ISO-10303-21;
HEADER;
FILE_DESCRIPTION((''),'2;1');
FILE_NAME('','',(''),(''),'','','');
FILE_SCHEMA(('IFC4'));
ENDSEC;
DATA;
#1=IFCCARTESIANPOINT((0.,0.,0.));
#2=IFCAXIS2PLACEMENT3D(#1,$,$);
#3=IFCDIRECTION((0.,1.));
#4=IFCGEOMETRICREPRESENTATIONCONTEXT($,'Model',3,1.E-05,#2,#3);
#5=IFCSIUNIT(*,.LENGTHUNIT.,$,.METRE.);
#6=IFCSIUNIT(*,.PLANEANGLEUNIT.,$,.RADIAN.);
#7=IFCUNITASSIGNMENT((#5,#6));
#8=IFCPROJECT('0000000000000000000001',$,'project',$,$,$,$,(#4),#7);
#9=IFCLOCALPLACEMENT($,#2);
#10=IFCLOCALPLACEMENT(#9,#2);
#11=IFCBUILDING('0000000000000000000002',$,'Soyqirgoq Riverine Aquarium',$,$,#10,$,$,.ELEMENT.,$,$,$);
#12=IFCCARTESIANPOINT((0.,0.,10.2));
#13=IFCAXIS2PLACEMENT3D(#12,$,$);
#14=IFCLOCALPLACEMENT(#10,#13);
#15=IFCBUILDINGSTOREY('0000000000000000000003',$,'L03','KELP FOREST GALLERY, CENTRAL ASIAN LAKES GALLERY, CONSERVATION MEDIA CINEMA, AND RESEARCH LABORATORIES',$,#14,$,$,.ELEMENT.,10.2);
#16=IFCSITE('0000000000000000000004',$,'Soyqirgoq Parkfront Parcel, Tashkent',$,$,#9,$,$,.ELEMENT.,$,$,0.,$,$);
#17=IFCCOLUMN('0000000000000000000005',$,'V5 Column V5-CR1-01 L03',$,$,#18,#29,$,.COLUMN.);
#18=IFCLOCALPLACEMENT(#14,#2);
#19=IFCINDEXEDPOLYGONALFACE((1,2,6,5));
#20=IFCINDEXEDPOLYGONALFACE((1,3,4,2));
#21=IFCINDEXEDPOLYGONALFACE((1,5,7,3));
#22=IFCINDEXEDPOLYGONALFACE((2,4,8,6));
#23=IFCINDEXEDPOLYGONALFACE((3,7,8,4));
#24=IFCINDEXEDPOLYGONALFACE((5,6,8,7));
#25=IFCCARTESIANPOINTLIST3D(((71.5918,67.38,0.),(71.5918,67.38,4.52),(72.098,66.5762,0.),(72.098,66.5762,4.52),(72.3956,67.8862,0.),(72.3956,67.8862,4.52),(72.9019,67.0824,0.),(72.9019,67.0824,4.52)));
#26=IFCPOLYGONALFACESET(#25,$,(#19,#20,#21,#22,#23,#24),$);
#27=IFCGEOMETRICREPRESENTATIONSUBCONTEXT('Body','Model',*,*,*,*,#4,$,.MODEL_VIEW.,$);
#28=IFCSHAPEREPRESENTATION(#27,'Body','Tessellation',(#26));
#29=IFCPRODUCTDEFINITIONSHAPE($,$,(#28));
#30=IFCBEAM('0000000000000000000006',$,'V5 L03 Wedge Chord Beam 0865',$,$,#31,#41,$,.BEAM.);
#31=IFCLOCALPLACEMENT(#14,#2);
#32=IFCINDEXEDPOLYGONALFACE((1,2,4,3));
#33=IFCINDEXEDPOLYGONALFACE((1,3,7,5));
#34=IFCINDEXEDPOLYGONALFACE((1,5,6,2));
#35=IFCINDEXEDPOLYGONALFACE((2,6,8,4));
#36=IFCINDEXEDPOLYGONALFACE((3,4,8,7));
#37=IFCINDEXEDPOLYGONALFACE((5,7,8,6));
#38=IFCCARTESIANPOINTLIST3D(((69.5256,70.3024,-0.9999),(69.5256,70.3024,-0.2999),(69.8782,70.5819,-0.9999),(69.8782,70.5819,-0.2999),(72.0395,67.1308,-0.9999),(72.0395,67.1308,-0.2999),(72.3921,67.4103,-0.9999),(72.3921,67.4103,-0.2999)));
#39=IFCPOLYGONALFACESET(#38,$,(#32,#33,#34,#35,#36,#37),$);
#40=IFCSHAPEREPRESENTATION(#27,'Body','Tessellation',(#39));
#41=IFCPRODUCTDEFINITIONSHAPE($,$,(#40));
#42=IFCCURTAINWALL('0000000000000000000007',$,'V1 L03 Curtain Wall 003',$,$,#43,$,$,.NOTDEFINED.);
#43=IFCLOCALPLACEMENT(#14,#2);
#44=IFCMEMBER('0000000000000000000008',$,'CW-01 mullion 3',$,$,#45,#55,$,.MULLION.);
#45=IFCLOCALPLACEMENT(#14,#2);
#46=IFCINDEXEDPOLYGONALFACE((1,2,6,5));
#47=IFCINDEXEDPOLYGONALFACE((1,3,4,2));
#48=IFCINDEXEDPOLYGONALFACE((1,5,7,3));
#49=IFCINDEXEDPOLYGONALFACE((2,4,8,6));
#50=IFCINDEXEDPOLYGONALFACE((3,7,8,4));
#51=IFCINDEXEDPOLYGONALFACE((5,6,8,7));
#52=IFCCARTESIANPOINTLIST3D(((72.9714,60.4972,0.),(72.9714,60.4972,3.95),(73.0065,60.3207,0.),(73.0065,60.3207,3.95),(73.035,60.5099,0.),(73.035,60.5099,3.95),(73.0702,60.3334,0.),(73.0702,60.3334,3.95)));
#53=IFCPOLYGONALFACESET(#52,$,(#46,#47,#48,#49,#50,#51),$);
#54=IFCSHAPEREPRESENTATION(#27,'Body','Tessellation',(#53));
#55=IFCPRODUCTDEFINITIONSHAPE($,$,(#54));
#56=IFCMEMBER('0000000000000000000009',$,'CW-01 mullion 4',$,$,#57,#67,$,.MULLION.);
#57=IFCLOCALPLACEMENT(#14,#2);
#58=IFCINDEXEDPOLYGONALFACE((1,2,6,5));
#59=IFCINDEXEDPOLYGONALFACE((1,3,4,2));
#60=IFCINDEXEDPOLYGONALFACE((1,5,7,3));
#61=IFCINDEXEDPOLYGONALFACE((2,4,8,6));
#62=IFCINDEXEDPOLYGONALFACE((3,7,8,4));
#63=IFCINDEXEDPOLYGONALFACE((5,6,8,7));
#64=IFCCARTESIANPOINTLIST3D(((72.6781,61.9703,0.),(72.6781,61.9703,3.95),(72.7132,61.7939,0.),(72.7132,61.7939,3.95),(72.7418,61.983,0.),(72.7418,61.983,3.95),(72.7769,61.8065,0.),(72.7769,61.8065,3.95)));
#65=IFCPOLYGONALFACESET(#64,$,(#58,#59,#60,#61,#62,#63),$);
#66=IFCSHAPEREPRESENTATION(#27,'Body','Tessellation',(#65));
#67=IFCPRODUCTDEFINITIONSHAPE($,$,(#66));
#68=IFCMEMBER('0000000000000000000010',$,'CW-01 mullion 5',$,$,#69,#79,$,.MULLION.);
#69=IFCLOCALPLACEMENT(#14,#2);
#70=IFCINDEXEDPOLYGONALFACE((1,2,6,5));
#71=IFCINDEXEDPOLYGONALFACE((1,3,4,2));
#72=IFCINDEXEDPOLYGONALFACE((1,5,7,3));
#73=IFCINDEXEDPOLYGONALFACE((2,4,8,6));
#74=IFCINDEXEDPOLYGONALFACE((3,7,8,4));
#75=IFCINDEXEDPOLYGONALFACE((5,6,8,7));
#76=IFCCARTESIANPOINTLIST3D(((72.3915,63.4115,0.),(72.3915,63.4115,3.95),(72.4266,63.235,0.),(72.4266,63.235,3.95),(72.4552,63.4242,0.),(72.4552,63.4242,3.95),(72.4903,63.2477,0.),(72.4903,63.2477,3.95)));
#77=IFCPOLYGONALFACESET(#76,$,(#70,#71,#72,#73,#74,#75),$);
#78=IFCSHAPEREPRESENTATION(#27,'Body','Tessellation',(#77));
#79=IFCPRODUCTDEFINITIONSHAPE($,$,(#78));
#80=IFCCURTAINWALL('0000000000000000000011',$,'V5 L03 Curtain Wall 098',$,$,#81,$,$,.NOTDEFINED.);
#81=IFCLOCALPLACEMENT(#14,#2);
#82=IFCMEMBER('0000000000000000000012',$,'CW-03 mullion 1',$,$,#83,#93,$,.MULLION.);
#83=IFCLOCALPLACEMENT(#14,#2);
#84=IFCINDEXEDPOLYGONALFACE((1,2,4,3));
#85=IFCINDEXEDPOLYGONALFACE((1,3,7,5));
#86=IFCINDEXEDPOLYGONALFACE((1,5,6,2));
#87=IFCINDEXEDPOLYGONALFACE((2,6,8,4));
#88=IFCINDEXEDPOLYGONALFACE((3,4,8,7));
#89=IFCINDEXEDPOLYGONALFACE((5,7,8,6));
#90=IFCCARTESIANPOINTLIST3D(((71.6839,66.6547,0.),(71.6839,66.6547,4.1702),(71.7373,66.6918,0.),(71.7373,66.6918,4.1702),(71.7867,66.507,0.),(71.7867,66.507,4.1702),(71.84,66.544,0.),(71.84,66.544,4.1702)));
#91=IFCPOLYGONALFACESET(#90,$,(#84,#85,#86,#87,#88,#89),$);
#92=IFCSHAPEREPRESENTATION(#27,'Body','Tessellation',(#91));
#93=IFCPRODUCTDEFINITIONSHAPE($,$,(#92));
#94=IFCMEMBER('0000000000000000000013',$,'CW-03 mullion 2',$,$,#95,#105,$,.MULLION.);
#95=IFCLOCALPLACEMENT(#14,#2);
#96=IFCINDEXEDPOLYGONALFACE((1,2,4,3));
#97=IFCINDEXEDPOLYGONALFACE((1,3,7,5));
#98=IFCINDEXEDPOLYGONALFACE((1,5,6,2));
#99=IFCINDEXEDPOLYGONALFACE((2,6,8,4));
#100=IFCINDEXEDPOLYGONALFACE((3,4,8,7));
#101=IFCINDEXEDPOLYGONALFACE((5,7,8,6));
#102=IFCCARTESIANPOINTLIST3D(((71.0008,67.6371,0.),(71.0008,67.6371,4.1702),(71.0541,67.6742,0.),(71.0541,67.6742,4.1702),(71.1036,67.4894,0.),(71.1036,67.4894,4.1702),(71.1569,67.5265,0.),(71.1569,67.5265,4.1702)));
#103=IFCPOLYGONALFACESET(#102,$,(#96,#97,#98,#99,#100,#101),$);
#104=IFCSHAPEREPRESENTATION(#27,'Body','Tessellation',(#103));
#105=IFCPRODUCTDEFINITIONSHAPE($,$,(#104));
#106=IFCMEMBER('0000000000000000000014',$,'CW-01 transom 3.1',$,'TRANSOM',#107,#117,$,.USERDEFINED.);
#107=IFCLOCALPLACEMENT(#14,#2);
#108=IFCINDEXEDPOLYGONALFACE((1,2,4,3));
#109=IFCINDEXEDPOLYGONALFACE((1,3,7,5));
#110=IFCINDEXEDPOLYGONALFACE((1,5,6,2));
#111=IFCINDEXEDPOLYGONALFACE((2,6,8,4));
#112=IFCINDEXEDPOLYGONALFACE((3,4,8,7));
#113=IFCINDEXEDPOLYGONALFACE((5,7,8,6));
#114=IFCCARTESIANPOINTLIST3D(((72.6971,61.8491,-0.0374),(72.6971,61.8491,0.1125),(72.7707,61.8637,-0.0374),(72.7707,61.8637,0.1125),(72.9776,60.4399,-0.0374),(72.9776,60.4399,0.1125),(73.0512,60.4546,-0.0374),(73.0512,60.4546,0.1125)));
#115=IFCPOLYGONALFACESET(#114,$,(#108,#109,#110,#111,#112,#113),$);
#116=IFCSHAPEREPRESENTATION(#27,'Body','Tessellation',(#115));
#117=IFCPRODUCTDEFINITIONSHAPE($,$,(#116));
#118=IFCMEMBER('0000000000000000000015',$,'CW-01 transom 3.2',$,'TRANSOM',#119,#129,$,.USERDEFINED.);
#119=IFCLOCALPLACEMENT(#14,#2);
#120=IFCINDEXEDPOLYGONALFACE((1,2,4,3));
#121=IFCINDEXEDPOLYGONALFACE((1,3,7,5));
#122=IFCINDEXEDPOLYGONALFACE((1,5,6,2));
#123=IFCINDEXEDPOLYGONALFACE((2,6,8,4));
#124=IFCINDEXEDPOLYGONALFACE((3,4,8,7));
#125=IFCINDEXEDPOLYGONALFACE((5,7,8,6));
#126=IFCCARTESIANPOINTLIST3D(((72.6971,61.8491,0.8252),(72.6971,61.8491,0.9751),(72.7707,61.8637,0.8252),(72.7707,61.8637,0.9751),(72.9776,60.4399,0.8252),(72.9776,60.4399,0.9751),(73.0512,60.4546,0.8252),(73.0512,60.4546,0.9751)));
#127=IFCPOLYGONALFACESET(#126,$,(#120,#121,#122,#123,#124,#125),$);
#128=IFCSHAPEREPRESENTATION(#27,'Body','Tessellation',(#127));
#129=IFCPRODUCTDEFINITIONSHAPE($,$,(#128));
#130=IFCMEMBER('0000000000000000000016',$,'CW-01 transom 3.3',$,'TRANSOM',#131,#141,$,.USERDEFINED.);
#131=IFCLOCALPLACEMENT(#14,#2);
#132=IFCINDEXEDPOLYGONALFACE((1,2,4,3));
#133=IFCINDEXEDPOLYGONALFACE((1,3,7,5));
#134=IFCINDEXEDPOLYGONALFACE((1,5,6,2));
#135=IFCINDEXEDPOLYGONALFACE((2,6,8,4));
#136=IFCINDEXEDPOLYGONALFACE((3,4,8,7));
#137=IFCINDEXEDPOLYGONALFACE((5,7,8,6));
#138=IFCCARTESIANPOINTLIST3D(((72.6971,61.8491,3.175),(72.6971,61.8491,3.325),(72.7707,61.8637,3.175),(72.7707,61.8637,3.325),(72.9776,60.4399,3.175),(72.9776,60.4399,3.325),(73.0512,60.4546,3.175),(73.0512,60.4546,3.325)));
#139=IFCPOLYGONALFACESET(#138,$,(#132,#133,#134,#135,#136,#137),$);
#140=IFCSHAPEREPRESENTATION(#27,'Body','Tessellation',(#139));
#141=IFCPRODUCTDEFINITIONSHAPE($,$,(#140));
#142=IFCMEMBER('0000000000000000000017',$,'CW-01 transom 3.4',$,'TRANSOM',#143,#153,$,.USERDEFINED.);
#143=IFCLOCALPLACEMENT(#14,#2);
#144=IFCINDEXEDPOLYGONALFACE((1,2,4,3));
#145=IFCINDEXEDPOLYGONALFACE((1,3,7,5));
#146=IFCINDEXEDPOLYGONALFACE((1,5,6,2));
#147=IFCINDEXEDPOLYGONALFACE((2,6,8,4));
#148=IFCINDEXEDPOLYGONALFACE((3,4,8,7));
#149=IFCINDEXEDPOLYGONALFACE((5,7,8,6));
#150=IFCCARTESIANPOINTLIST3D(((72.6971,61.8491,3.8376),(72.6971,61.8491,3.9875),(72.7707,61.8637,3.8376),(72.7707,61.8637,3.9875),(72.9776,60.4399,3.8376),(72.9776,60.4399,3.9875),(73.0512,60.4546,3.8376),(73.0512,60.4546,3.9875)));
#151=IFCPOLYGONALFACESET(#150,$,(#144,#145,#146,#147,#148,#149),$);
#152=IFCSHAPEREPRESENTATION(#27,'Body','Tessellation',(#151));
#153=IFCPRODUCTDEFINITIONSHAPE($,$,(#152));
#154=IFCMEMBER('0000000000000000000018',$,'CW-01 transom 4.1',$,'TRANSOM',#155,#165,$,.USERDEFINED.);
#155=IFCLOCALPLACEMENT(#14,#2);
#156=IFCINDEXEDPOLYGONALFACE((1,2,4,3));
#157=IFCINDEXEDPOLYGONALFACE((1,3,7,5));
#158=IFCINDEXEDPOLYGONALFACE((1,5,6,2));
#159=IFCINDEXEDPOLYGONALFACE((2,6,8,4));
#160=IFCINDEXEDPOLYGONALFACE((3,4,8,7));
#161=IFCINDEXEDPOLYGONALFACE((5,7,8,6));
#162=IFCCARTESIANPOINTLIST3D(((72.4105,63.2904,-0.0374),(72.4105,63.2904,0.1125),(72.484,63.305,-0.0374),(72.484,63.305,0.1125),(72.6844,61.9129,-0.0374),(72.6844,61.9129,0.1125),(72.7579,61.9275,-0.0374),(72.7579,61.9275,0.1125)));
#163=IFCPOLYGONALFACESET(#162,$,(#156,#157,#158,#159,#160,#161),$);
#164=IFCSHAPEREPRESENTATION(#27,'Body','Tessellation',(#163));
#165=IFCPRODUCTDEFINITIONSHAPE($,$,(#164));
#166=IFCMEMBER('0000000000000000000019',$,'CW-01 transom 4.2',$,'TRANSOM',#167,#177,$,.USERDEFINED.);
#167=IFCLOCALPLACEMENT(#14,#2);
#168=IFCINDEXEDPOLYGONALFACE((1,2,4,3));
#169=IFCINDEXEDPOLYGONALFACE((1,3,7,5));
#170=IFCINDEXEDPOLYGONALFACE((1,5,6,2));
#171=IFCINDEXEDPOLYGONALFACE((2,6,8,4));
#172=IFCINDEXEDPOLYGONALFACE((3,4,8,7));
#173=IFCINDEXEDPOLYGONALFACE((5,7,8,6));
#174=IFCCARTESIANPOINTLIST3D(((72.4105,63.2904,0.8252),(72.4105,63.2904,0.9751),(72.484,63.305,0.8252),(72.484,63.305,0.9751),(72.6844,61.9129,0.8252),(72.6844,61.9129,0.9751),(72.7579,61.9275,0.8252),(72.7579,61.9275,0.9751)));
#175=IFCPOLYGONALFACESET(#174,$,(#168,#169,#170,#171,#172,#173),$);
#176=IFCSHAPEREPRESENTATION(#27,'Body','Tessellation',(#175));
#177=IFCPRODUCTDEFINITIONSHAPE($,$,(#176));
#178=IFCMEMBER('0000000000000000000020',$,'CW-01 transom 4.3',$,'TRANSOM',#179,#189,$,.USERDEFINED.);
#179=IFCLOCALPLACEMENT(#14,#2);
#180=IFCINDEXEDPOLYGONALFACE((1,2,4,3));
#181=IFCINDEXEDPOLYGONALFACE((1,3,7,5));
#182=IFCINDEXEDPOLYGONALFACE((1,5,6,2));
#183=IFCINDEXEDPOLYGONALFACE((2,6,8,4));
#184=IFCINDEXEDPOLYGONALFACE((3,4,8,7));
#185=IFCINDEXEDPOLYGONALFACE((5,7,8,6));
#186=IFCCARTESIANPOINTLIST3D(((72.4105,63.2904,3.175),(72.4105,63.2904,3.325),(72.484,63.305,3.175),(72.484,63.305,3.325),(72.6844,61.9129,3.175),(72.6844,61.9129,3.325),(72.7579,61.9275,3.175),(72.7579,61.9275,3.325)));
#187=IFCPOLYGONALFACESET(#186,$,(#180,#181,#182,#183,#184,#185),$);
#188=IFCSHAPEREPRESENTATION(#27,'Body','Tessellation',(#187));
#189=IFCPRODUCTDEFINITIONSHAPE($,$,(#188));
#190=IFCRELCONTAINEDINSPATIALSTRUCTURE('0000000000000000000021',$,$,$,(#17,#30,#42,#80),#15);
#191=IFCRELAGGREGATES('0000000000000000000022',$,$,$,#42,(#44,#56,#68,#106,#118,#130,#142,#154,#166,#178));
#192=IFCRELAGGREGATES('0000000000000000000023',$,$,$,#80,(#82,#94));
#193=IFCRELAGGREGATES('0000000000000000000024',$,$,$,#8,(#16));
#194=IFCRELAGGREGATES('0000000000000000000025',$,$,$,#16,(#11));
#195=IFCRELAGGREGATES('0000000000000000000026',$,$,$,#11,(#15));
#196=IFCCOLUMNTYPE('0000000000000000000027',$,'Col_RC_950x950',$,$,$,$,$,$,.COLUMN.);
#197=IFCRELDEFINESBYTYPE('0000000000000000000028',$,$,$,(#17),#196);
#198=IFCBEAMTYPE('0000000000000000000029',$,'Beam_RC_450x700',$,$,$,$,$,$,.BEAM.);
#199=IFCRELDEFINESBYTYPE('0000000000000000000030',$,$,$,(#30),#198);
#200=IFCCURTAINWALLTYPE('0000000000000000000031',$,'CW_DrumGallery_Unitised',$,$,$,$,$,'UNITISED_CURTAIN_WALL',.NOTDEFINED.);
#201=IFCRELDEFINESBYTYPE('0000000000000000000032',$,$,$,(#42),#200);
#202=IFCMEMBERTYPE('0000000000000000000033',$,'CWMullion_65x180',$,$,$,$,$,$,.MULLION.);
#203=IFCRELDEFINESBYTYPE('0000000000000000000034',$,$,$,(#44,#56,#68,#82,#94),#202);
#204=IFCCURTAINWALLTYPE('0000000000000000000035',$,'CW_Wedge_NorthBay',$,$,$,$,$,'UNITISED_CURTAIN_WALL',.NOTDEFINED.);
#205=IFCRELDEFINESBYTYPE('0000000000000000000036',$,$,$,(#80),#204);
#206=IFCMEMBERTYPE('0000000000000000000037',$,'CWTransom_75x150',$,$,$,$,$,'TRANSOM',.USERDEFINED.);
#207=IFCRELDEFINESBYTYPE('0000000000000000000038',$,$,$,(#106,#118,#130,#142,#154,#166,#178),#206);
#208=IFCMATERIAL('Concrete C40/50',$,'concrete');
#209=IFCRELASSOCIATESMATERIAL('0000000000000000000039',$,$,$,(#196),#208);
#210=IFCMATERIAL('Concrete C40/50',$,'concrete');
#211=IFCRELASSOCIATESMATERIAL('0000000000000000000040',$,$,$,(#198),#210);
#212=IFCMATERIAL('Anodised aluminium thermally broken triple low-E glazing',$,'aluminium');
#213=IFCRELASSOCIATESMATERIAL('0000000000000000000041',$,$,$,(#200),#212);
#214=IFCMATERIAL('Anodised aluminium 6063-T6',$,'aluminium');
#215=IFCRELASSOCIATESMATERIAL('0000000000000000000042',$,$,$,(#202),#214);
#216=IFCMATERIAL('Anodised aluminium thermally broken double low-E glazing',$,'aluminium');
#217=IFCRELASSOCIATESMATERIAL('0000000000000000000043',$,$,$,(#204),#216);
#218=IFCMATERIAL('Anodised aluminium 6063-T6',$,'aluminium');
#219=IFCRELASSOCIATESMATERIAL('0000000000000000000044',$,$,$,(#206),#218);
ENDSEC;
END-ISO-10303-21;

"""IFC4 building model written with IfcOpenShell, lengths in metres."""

from ifc_helpers import new_model, si_unit, direction, frame, origin, origin_2d, place, context, subcontext, project, spatial, rectangle, extrude, material, material_profile, profile_set, type_object, element, aggregate, save


model = new_model("IFC4")

# Units and contexts
model_context = context("Model", 3, precision=1e-05, world=origin(), true_north=direction((0.0, 1.0)))
body_context = subcontext(model_context, "Body", "Model", "MODEL_VIEW")
ifc_project = project(units=[si_unit("LENGTHUNIT", "METRE"), si_unit("PLANEANGLEUNIT", "RADIAN")], contexts=[model_context])

# Site, building, storey
site_placement = place(None, origin())
site = spatial("IfcSite", under=ifc_project, at=site_placement, Name="Soyqirgoq Parkfront Parcel, Tashkent", CompositionType="ELEMENT", RefElevation=0.0)
building_placement = place(site_placement, origin())
building = spatial("IfcBuilding", under=site, at=building_placement, Name="Soyqirgoq Riverine Aquarium", CompositionType="ELEMENT")
storey_placement = place(building_placement, frame((0.0, 0.0, 10.2)))
storey = spatial("IfcBuildingStorey", under=building, at=storey_placement, Name="L03", Description="KELP FOREST GALLERY, CENTRAL ASIAN LAKES GALLERY, CONSERVATION MEDIA CINEMA, AND RESEARCH LABORATORIES", CompositionType="ELEMENT", Elevation=10.2)

# Column
ifc_material_1 = material(Name="Concrete C40/50", Category="concrete")
ifc_material_profile_1 = material_profile(ifc_material_1, rectangle(XDim=0.95, YDim=0.95, at=origin_2d()), Name="RC 950x950")
ifc_profile_set_1 = profile_set([ifc_material_profile_1], Name="Concrete C40/50")
column_type_1 = type_object("IfcColumnType", Name="Col_RC_950x950", PredefinedType="COLUMN", material=ifc_profile_set_1)
column_1_placement = place(storey_placement, frame((72.2468, 67.2312, 0.0), z_axis=(0.0, 0.0, 1.0), x_axis=(0.846193, 0.532876, 0.0)))
element("IfcColumn", 1, at=column_1_placement, inside=storey, type_object=column_type_1, Name="V5 Column V5-CR1-01 L03", PredefinedType="COLUMN", context=body_context, shape_type="SweptSolid", body=[
    extrude(rectangle(XDim=0.95, YDim=0.95, at=origin_2d()), origin(), (0.0, 0.0, 1.0), 4.52),
])

# Beam
ifc_material_2 = material(Name="Concrete C40/50", Category="concrete")
ifc_material_profile_2 = material_profile(ifc_material_2, rectangle(XDim=0.45, YDim=0.7, at=origin_2d()), Name="RC 450x700")
ifc_profile_set_2 = profile_set([ifc_material_profile_2], Name="Concrete C40/50")
beam_type_1 = type_object("IfcBeamType", Name="Beam_RC_450x700", PredefinedType="BEAM", material=ifc_profile_set_2)
beam_1_placement = place(storey_placement, frame((72.2158, 67.2705, -0.6499), z_axis=(-0.621165, 0.78368, 0.0), x_axis=(-0.78368, -0.621165, 0.0)))
element("IfcBeam", 2, at=beam_1_placement, inside=storey, type_object=beam_type_1, Name="V5 L03 Wedge Chord Beam 0865", PredefinedType="BEAM", context=body_context, shape_type="SweptSolid", body=[
    extrude(rectangle(XDim=0.45, YDim=0.7, at=origin_2d()), origin(), (0.0, 0.0, 1.0), 4.0471),
])

# Curtain walls, members
ifc_material_3 = material(Name="Anodised aluminium thermally broken triple low-E glazing", Category="aluminium")
curtain_wall_type_1 = type_object("IfcCurtainWallType", Name="CW_DrumGallery_Unitised", ElementType="UNITISED_CURTAIN_WALL", PredefinedType="NOTDEFINED", material=ifc_material_3)
curtain_wall_1_placement = place(storey_placement, origin())
curtain_wall_1 = element("IfcCurtainWall", 3, at=curtain_wall_1_placement, inside=storey, type_object=curtain_wall_type_1, Name="V1 L03 Curtain Wall 003", PredefinedType="NOTDEFINED")
ifc_material_4 = material(Name="Anodised aluminium 6063-T6", Category="aluminium")
ifc_material_profile_3 = material_profile(ifc_material_4, rectangle(XDim=0.0649, YDim=0.1799, at=origin_2d()), Name="ALU-M 65x180")
ifc_profile_set_3 = profile_set([ifc_material_profile_3], Name="Anodised aluminium 6063-T6")
member_type_1 = type_object("IfcMemberType", Name="CWMullion_65x180", PredefinedType="MULLION", material=ifc_profile_set_3)
member_1_placement = place(storey_placement, frame((73.0208, 60.4153, 0.0), z_axis=(0.0, 0.0, 1.0), x_axis=(-0.980784, -0.195095, 0.0)))
member_1 = element("IfcMember", 4, at=member_1_placement, type_object=member_type_1, Name="CW-01 mullion 3", PredefinedType="MULLION", context=body_context, shape_type="SweptSolid", body=[
    extrude(rectangle(XDim=0.0649, YDim=0.1799, at=origin_2d()), origin(), (0.0, 0.0, 1.0), 3.95),
])
member_2_placement = place(storey_placement, frame((72.7275, 61.8884, 0.0), z_axis=(0.0, 0.0, 1.0), x_axis=(-0.980784, -0.195095, 0.0)))
member_2 = element("IfcMember", 5, at=member_2_placement, type_object=member_type_1, Name="CW-01 mullion 4", PredefinedType="MULLION", context=body_context, shape_type="SweptSolid", body=[
    extrude(rectangle(XDim=0.0649, YDim=0.1799, at=origin_2d()), origin(), (0.0, 0.0, 1.0), 3.95),
])
member_3_placement = place(storey_placement, frame((72.4409, 63.3296, 0.0), z_axis=(0.0, 0.0, 1.0), x_axis=(-0.980784, -0.195095, 0.0)))
member_3 = element("IfcMember", 6, at=member_3_placement, type_object=member_type_1, Name="CW-01 mullion 5", PredefinedType="MULLION", context=body_context, shape_type="SweptSolid", body=[
    extrude(rectangle(XDim=0.0649, YDim=0.1799, at=origin_2d()), origin(), (0.0, 0.0, 1.0), 3.95),
])
ifc_material_5 = material(Name="Anodised aluminium thermally broken double low-E glazing", Category="aluminium")
curtain_wall_type_2 = type_object("IfcCurtainWallType", Name="CW_Wedge_NorthBay", ElementType="UNITISED_CURTAIN_WALL", PredefinedType="NOTDEFINED", material=ifc_material_5)
curtain_wall_2_placement = place(storey_placement, origin())
curtain_wall_2 = element("IfcCurtainWall", 7, at=curtain_wall_2_placement, inside=storey, type_object=curtain_wall_type_2, Name="V5 L03 Curtain Wall 098", PredefinedType="NOTDEFINED")
member_4_placement = place(storey_placement, frame((71.762, 66.5994, 0.0), z_axis=(0.0, 0.0, 1.0), x_axis=(-0.820956, -0.570992, 0.0)))
member_4 = element("IfcMember", 8, at=member_4_placement, type_object=member_type_1, Name="CW-03 mullion 1", PredefinedType="MULLION", context=body_context, shape_type="SweptSolid", body=[
    extrude(rectangle(XDim=0.0649, YDim=0.1799, at=origin_2d()), origin(), (0.0, 0.0, 1.0), 4.1702),
])
member_5_placement = place(storey_placement, frame((71.0789, 67.5818, 0.0), z_axis=(0.0, 0.0, 1.0), x_axis=(-0.820956, -0.570992, 0.0)))
member_5 = element("IfcMember", 9, at=member_5_placement, type_object=member_type_1, Name="CW-03 mullion 2", PredefinedType="MULLION", context=body_context, shape_type="SweptSolid", body=[
    extrude(rectangle(XDim=0.0649, YDim=0.1799, at=origin_2d()), origin(), (0.0, 0.0, 1.0), 4.1702),
])

# Members
ifc_material_6 = material(Name="Anodised aluminium 6063-T6", Category="aluminium")
ifc_material_profile_4 = material_profile(ifc_material_6, rectangle(XDim=0.075, YDim=0.1499, at=origin_2d()), Name="ALU-T 75x150")
ifc_profile_set_4 = profile_set([ifc_material_profile_4], Name="Anodised aluminium 6063-T6")
member_type_2 = type_object("IfcMemberType", Name="CWTransom_75x150", ElementType="TRANSOM", PredefinedType="USERDEFINED", material=ifc_profile_set_4)
member_6_placement = place(storey_placement, frame((73.0144, 60.4473, 0.0376), z_axis=(-0.195234, 0.980757, 0.0), x_axis=(-0.980757, -0.195234, 0.0)))
member_6 = element("IfcMember", 10, at=member_6_placement, type_object=member_type_2, Name="CW-01 transom 3.1", ObjectType="TRANSOM", PredefinedType="USERDEFINED", context=body_context, shape_type="SweptSolid", body=[
    extrude(rectangle(XDim=0.075, YDim=0.1499, at=origin_2d()), origin(), (0.0, 0.0, 1.0), 1.4368),
])
member_7_placement = place(storey_placement, frame((73.0144, 60.4473, 0.9001), z_axis=(-0.195234, 0.980757, 0.0), x_axis=(-0.980757, -0.195234, 0.0)))
member_7 = element("IfcMember", 11, at=member_7_placement, type_object=member_type_2, Name="CW-01 transom 3.2", ObjectType="TRANSOM", PredefinedType="USERDEFINED", context=body_context, shape_type="SweptSolid", body=[
    extrude(rectangle(XDim=0.075, YDim=0.1499, at=origin_2d()), origin(), (0.0, 0.0, 1.0), 1.4368),
])
member_8_placement = place(storey_placement, frame((73.0144, 60.4473, 3.25), z_axis=(-0.195234, 0.980757, 0.0), x_axis=(-0.980757, -0.195234, 0.0)))
member_8 = element("IfcMember", 12, at=member_8_placement, type_object=member_type_2, Name="CW-01 transom 3.3", ObjectType="TRANSOM", PredefinedType="USERDEFINED", context=body_context, shape_type="SweptSolid", body=[
    extrude(rectangle(XDim=0.075, YDim=0.1499, at=origin_2d()), origin(), (0.0, 0.0, 1.0), 1.4368),
])
member_9_placement = place(storey_placement, frame((73.0144, 60.4473, 3.9126), z_axis=(-0.195234, 0.980757, 0.0), x_axis=(-0.980757, -0.195234, 0.0)))
member_9 = element("IfcMember", 13, at=member_9_placement, type_object=member_type_2, Name="CW-01 transom 3.4", ObjectType="TRANSOM", PredefinedType="USERDEFINED", context=body_context, shape_type="SweptSolid", body=[
    extrude(rectangle(XDim=0.075, YDim=0.1499, at=origin_2d()), origin(), (0.0, 0.0, 1.0), 1.4368),
])
member_10_placement = place(storey_placement, frame((72.7212, 61.9202, 0.0376), z_axis=(-0.195013, 0.980801, 0.0), x_axis=(-0.980801, -0.195013, 0.0)))
member_10 = element("IfcMember", 14, at=member_10_placement, type_object=member_type_2, Name="CW-01 transom 4.1", ObjectType="TRANSOM", PredefinedType="USERDEFINED", context=body_context, shape_type="SweptSolid", body=[
    extrude(rectangle(XDim=0.075, YDim=0.1499, at=origin_2d()), origin(), (0.0, 0.0, 1.0), 1.4045),
])
member_11_placement = place(storey_placement, frame((72.7212, 61.9202, 0.9001), z_axis=(-0.195013, 0.980801, 0.0), x_axis=(-0.980801, -0.195013, 0.0)))
member_11 = element("IfcMember", 15, at=member_11_placement, type_object=member_type_2, Name="CW-01 transom 4.2", ObjectType="TRANSOM", PredefinedType="USERDEFINED", context=body_context, shape_type="SweptSolid", body=[
    extrude(rectangle(XDim=0.075, YDim=0.1499, at=origin_2d()), origin(), (0.0, 0.0, 1.0), 1.4045),
])
member_12_placement = place(storey_placement, frame((72.7212, 61.9202, 3.25), z_axis=(-0.195013, 0.980801, 0.0), x_axis=(-0.980801, -0.195013, 0.0)))
member_12 = element("IfcMember", 16, at=member_12_placement, type_object=member_type_2, Name="CW-01 transom 4.3", ObjectType="TRANSOM", PredefinedType="USERDEFINED", context=body_context, shape_type="SweptSolid", body=[
    extrude(rectangle(XDim=0.075, YDim=0.1499, at=origin_2d()), origin(), (0.0, 0.0, 1.0), 1.4045),
])

aggregate(curtain_wall_1, [member_1, member_2, member_3, member_6, member_7, member_8, member_9, member_10, member_11, member_12])
aggregate(curtain_wall_2, [member_4, member_5])

save(model, "model.ifc")
